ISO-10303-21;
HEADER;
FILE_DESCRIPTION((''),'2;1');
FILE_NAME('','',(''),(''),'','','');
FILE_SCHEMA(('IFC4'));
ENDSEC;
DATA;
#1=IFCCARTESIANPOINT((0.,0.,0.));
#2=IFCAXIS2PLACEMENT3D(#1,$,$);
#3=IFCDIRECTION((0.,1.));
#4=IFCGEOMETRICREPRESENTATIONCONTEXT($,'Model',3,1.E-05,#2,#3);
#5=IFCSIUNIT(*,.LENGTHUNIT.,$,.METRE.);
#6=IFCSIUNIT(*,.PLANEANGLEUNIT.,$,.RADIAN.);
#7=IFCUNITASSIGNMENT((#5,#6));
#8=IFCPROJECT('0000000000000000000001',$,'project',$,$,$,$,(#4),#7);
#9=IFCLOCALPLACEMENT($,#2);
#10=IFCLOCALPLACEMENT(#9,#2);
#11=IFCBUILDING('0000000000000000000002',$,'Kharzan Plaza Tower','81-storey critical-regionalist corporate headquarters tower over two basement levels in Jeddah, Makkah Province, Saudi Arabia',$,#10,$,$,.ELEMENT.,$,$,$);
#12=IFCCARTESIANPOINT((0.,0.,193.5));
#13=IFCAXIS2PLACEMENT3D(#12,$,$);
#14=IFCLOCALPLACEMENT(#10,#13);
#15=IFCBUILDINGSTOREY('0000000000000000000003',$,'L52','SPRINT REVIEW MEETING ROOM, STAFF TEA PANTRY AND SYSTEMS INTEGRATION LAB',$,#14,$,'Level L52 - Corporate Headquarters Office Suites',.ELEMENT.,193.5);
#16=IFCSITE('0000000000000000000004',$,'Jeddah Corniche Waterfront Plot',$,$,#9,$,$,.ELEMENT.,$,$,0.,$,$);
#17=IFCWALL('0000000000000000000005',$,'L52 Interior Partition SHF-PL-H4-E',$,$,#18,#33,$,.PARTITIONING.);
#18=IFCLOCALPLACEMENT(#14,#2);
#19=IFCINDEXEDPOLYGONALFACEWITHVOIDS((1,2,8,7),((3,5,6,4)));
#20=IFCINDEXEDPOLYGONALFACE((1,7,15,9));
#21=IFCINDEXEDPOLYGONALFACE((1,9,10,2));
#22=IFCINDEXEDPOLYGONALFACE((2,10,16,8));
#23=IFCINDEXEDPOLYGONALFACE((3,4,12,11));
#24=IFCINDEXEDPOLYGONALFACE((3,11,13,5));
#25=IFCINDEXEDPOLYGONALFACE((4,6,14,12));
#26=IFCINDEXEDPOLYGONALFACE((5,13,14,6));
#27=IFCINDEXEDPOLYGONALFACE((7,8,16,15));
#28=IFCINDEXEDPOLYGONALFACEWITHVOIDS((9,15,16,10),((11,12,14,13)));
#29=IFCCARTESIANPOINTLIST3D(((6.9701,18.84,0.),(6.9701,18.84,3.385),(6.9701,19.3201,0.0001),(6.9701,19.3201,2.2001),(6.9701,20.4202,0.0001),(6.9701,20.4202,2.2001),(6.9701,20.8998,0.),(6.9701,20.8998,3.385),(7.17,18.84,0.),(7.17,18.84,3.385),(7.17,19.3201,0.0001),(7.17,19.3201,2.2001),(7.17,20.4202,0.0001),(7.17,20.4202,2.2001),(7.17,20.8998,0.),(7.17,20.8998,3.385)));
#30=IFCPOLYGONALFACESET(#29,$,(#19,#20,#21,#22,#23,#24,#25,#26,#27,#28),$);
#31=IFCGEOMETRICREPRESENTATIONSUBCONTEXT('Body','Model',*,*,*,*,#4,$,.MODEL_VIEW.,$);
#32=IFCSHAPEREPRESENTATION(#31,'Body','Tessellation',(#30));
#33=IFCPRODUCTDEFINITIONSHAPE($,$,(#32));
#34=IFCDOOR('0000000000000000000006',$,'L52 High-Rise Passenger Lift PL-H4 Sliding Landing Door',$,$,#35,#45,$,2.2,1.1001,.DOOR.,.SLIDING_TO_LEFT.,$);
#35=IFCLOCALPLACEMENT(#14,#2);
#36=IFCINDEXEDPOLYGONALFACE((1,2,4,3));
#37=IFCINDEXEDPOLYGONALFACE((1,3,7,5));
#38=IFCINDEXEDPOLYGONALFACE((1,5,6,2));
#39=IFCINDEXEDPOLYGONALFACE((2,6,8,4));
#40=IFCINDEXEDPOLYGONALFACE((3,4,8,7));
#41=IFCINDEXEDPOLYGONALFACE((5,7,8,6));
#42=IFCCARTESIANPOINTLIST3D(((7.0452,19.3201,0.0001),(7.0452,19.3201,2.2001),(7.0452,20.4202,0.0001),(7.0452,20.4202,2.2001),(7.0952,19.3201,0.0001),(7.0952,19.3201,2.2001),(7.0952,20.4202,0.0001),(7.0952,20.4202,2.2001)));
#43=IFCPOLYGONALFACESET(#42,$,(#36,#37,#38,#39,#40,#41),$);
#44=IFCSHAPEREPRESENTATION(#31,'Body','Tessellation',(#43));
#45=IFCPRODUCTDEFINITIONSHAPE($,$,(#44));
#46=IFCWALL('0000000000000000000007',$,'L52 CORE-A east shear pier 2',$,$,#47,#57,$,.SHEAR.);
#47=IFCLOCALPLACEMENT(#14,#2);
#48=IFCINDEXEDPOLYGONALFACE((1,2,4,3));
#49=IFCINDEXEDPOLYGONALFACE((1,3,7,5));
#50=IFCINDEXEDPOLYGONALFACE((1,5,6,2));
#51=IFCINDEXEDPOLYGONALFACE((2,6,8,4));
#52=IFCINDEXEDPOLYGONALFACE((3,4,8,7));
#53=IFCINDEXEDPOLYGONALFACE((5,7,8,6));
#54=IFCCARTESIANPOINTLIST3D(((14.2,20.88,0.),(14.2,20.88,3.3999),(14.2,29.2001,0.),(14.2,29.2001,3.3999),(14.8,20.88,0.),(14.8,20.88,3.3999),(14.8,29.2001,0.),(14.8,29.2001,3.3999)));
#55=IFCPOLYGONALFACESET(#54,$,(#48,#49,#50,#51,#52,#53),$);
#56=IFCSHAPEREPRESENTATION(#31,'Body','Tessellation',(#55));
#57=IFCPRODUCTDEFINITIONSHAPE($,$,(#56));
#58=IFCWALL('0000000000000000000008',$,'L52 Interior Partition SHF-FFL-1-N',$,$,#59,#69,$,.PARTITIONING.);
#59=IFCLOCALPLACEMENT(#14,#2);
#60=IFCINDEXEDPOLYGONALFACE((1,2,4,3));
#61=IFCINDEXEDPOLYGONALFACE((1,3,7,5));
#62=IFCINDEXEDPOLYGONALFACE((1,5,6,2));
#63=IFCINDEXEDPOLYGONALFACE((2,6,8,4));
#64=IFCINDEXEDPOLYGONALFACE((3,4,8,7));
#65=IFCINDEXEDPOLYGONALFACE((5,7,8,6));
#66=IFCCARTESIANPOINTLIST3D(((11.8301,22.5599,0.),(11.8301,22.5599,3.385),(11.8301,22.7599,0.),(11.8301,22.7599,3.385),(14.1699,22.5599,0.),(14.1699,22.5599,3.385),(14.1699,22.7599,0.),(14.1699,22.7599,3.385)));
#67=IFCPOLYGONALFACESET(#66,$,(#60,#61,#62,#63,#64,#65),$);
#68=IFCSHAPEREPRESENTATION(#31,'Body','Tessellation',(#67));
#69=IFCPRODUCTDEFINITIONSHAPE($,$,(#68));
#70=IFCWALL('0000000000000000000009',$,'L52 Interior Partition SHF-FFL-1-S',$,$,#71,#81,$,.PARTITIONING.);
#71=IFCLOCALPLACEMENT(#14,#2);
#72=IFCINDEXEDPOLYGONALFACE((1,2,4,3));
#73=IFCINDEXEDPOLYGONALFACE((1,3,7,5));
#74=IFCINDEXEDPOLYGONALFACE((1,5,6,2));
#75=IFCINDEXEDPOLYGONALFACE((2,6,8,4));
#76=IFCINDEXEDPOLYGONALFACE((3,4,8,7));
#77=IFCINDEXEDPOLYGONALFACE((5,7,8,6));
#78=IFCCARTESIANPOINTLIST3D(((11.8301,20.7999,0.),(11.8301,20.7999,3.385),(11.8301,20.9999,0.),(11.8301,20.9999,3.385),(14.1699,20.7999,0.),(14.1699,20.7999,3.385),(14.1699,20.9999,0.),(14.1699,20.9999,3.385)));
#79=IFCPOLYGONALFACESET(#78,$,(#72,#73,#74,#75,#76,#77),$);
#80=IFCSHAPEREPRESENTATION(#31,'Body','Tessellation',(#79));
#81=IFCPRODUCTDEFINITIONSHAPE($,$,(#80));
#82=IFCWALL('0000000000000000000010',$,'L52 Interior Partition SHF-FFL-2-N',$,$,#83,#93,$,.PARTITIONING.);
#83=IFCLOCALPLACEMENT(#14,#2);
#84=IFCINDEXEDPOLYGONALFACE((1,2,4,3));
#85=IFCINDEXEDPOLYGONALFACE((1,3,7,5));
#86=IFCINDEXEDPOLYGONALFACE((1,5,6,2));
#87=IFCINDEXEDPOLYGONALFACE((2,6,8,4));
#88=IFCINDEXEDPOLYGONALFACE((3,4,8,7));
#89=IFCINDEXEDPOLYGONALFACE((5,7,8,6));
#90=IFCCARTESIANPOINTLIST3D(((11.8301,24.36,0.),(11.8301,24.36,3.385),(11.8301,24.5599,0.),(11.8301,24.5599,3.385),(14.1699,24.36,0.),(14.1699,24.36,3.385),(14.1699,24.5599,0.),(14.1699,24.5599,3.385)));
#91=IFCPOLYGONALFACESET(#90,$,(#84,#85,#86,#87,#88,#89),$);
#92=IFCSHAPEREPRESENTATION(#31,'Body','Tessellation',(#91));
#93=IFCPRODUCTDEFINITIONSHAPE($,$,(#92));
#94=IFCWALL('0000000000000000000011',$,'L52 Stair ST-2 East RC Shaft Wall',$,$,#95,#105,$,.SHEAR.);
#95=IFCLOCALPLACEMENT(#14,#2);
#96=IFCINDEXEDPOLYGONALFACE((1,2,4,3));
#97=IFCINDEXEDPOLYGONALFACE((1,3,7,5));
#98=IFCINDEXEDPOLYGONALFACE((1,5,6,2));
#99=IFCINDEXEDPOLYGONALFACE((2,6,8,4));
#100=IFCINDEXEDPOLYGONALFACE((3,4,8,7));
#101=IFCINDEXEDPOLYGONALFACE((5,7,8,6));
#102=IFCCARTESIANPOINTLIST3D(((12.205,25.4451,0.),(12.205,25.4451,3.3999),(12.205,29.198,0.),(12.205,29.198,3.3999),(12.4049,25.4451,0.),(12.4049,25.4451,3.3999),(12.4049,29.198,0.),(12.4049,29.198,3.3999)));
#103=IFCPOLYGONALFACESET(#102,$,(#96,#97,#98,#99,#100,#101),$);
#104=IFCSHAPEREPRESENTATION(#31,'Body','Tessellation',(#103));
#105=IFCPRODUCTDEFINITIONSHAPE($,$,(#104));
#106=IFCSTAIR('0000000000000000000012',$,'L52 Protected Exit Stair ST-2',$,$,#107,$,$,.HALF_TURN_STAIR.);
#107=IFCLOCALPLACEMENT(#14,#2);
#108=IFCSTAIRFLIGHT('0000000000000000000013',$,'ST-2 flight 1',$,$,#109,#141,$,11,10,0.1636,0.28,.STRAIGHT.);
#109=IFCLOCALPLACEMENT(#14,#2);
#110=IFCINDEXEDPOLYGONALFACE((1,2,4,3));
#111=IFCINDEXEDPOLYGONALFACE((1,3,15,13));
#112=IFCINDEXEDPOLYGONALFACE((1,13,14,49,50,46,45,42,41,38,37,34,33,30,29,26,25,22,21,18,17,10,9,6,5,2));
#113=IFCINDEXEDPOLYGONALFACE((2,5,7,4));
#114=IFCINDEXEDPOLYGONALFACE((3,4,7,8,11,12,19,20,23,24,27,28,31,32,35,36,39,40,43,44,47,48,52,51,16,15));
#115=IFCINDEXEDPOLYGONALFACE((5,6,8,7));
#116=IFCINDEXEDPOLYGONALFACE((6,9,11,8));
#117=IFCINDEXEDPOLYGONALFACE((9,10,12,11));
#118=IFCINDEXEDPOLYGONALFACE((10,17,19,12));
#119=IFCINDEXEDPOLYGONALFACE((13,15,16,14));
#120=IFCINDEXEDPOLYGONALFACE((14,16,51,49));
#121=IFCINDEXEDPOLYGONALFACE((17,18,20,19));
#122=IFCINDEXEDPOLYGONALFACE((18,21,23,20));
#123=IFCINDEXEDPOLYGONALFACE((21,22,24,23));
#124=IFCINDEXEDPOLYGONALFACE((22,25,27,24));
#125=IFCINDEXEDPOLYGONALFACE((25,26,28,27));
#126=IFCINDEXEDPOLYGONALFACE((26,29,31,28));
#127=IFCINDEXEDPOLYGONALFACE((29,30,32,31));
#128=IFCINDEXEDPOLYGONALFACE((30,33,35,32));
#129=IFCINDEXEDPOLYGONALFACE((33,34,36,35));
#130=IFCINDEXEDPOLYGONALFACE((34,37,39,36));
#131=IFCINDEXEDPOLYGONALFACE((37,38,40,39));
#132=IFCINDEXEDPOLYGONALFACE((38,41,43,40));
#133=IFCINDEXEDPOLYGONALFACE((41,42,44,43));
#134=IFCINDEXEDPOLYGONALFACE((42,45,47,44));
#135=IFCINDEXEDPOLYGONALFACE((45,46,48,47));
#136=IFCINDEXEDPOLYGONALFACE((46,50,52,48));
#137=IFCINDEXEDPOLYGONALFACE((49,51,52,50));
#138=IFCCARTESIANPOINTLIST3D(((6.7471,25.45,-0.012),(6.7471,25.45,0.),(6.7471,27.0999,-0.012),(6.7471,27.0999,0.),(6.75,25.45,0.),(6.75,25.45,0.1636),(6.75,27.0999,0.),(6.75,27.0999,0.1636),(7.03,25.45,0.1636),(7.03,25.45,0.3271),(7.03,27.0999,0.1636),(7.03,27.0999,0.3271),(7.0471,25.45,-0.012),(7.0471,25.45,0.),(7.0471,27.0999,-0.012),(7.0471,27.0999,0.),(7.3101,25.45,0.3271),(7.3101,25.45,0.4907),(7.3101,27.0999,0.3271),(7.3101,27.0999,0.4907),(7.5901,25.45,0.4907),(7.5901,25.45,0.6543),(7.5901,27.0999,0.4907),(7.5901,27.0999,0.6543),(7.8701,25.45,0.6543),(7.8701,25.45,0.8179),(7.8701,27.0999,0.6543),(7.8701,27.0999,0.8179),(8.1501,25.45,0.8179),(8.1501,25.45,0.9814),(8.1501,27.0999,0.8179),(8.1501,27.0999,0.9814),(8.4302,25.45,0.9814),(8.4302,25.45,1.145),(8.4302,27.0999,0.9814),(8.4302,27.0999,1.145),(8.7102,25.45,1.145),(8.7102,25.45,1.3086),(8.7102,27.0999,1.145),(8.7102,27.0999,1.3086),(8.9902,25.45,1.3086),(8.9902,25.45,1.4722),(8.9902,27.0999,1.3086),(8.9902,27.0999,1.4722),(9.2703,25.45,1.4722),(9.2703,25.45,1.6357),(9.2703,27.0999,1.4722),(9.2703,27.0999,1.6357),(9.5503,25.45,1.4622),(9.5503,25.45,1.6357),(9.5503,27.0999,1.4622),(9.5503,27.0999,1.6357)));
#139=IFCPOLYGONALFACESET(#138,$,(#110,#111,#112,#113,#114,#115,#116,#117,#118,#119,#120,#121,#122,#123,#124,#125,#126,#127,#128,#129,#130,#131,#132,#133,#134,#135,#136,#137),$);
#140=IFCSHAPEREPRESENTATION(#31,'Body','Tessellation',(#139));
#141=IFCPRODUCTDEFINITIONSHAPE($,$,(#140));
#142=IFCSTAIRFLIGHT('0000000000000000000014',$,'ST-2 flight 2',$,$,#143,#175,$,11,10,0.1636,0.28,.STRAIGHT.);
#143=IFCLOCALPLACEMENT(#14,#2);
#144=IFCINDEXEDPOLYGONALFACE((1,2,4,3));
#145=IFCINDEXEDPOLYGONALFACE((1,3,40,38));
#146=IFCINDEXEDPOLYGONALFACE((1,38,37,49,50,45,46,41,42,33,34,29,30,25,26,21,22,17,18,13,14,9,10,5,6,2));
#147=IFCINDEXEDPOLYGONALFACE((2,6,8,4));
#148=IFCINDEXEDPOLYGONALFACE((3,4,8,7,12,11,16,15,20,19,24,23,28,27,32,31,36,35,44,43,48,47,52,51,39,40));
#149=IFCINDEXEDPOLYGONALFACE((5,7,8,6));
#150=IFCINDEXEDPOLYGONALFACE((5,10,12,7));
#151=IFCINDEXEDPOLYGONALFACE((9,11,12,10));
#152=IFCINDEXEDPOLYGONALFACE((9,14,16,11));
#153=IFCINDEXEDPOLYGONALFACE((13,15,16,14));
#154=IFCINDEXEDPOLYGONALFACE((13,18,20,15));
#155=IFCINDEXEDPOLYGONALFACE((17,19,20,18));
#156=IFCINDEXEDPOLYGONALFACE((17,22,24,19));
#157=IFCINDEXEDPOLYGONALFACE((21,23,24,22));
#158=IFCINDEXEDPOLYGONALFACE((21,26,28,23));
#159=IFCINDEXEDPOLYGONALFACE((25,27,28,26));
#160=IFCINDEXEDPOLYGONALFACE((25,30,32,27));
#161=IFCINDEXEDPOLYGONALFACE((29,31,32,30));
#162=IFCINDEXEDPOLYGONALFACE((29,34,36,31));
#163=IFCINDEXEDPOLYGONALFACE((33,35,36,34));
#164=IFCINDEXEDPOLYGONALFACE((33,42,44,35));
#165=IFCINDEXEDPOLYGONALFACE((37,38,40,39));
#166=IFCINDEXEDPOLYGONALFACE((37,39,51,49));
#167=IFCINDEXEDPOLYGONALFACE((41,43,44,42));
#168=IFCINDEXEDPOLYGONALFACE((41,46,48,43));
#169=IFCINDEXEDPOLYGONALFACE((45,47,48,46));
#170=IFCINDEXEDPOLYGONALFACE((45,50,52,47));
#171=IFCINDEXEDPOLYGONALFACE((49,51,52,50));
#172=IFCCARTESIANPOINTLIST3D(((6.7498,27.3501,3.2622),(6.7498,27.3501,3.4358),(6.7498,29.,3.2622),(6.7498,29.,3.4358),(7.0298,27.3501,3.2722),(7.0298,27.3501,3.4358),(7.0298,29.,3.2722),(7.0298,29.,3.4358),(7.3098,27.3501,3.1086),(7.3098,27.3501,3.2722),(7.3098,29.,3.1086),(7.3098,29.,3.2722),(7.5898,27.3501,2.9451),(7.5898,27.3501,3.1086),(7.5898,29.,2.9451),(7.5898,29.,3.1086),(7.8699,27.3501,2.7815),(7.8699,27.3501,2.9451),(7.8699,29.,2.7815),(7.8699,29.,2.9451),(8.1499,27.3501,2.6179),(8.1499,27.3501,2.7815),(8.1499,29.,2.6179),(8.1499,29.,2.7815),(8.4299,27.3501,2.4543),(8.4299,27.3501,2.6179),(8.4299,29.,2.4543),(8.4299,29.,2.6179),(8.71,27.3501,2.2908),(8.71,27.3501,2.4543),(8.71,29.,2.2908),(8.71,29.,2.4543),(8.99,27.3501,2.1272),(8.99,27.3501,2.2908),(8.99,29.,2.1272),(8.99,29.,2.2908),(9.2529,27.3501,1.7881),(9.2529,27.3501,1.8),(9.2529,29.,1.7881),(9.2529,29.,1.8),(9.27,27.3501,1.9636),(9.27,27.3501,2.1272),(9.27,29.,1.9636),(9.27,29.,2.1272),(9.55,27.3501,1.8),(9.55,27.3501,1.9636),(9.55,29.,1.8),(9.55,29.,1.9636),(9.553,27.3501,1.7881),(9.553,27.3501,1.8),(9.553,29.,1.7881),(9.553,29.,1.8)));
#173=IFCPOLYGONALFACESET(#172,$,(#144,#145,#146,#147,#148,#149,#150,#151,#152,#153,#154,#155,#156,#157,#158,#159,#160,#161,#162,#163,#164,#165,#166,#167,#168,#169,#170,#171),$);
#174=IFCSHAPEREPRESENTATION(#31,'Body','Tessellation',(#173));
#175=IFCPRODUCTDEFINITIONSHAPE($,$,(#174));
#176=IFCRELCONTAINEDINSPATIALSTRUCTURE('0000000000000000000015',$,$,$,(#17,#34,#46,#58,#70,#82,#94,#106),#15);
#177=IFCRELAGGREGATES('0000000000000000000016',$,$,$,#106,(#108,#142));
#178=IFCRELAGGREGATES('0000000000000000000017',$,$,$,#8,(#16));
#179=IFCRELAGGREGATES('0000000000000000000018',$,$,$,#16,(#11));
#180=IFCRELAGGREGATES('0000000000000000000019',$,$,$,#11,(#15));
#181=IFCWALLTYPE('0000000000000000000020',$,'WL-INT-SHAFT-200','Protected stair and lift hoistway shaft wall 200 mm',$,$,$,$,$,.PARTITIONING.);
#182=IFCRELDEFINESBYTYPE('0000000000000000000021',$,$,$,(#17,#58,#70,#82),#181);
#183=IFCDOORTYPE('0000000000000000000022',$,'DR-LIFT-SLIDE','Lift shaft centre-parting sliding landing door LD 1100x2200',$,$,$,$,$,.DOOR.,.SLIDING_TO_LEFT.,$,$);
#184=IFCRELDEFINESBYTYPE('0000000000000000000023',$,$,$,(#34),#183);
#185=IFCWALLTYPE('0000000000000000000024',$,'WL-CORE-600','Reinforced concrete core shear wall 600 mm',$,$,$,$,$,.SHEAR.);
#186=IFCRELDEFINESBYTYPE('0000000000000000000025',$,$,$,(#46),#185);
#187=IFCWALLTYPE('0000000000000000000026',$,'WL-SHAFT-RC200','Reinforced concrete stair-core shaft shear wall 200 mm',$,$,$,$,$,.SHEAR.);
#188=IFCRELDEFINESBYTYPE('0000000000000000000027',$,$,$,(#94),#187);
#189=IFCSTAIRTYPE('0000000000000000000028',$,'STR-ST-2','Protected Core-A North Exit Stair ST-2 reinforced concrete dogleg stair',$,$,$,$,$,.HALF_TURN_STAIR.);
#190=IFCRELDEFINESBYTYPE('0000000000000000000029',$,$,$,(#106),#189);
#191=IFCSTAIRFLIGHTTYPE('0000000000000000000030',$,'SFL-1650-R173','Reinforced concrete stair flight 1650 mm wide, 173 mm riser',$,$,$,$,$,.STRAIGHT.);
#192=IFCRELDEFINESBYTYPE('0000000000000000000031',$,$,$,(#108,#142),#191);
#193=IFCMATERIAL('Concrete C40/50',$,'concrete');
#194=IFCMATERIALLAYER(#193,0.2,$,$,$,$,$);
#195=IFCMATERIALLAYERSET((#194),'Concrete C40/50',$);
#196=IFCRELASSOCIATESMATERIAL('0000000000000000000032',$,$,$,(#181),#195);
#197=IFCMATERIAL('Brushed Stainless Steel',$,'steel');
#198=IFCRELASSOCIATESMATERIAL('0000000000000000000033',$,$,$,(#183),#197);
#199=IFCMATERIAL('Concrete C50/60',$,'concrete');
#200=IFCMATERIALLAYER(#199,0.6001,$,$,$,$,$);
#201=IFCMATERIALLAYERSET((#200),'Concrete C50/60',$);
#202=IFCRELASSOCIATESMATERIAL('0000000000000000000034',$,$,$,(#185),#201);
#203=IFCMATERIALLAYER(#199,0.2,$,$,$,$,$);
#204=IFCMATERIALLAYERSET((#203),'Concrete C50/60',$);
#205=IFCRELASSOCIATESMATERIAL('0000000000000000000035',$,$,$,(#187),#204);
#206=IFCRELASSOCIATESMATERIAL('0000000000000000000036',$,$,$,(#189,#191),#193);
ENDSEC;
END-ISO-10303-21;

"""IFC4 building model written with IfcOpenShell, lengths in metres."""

from ifc_helpers import new_model, si_unit, direction, frame, frame_2d, origin, place, context, subcontext, project, spatial, polyline, rectangle, outline, extrude, source, transform, mapped, material, layer, layer_set, type_object, element, fill, aggregate, save


model = new_model("IFC4")

# Units and contexts
model_context = context("Model", 3, precision=1e-05, world=origin(), true_north=direction((0.0, 1.0)))
body_context = subcontext(model_context, "Body", "Model", "MODEL_VIEW")
ifc_project = project(units=[si_unit("LENGTHUNIT", "METRE"), si_unit("PLANEANGLEUNIT", "RADIAN")], contexts=[model_context])

# Site, building, storey
site_placement = place(None, origin())
site = spatial("IfcSite", under=ifc_project, at=site_placement, Name="Jeddah Corniche Waterfront Plot", CompositionType="ELEMENT", RefElevation=0.0)
building_placement = place(site_placement, origin())
building = spatial("IfcBuilding", under=site, at=building_placement, Name="Kharzan Plaza Tower", Description="81-storey critical-regionalist corporate headquarters tower over two basement levels in Jeddah, Makkah Province, Saudi Arabia", CompositionType="ELEMENT")
storey_placement = place(building_placement, frame((0.0, 0.0, 193.5)))
storey = spatial("IfcBuildingStorey", under=building, at=storey_placement, Name="L52", Description="SPRINT REVIEW MEETING ROOM, STAFF TEA PANTRY AND SYSTEMS INTEGRATION LAB", LongName="Level L52 - Corporate Headquarters Office Suites", CompositionType="ELEMENT", Elevation=193.5)

# Wall, opening, door
ifc_material_1 = material(Name="Concrete C40/50", Category="concrete")
ifc_layer_1 = layer(ifc_material_1, 0.2)
ifc_layer_set_1 = layer_set([ifc_layer_1], Name="Concrete C40/50")
wall_type_1 = type_object("IfcWallType", Name="WL-INT-SHAFT-200", Description="Protected stair and lift hoistway shaft wall 200 mm", PredefinedType="PARTITIONING", material=ifc_layer_set_1)
ifc_material_2 = material(Name="Brushed Stainless Steel", Category="steel")
door_type_1 = type_object("IfcDoorType", Name="DR-LIFT-SLIDE", Description="Lift shaft centre-parting sliding landing door LD 1100x2200", OperationType="SLIDING_TO_LEFT", PredefinedType="DOOR", material=ifc_material_2)
shared_shape_1 = source(origin(), body_context, "Body", "SweptSolid", [
    extrude(rectangle(XDim=1.1001, YDim=2.2, at=frame_2d((0.55, 1.1001))), frame((0.0, 0.0249, 0.0), z_axis=(0.0, -1.0, 0.0), x_axis=(1.0, 0.0, 0.0)), (0.0, 0.0, 1.0), 0.05),
])
wall_1_placement = place(storey_placement, frame((7.0701, 18.8401, 0.0), z_axis=(0.0, 0.0, 1.0), x_axis=(0.0, 1.0, 0.0)))
wall_1 = element("IfcWall", 1, at=wall_1_placement, inside=storey, type_object=wall_type_1, Name="L52 Interior Partition SHF-PL-H4-E", PredefinedType="PARTITIONING", context=body_context, shape_type="SweptSolid", body=[
    extrude(rectangle(XDim=2.0598, YDim=0.2, at=frame_2d((1.0298, 0.0))), origin(), (0.0, 0.0, 1.0), 3.385),
])
opening_1_placement = place(wall_1_placement, frame((0.48, 0.0, 0.0)))
opening_1 = element("IfcOpeningElement", 2, at=opening_1_placement, cuts=wall_1, PredefinedType="OPENING", context=body_context, shape_type="SweptSolid", body=[
    extrude(rectangle(XDim=1.1001, YDim=2.2, at=frame_2d((0.55, 1.1001))), frame((0.0, 0.1099, 0.0), z_axis=(0.0, -1.0, 0.0), x_axis=(1.0, 0.0, 0.0)), (0.0, 0.0, 1.0), 0.22),
])
door_1_placement = place(opening_1_placement, origin())
door_1 = element("IfcDoor", 3, at=door_1_placement, inside=storey, type_object=door_type_1, Name="L52 High-Rise Passenger Lift PL-H4 Sliding Landing Door", OperationType="SLIDING_TO_LEFT", OverallHeight=2.2, OverallWidth=1.1001, PredefinedType="DOOR", context=body_context, shape_type="MappedRepresentation", body=[
    mapped(shared_shape_1, transform((0.0, 0.0, 0.0), x_axis=(1.0, 0.0, 0.0), y_axis=(0.0, 1.0, 0.0), z_axis=(0.0, 0.0, 1.0))),
])
fill(opening_1, door_1)

# Walls
ifc_material_3 = material(Name="Concrete C50/60", Category="concrete")
ifc_layer_2 = layer(ifc_material_3, 0.6001)
ifc_layer_set_2 = layer_set([ifc_layer_2], Name="Concrete C50/60")
wall_type_2 = type_object("IfcWallType", Name="WL-CORE-600", Description="Reinforced concrete core shear wall 600 mm", PredefinedType="SHEAR", material=ifc_layer_set_2)
shared_shape_2 = source(origin(), body_context, "Body", "SweptSolid", [
    extrude(rectangle(XDim=8.3201, YDim=0.6001, at=frame_2d((4.1602, 0.0))), origin(), (0.0, 0.0, 1.0), 3.3999),
])
wall_2_placement = place(storey_placement, frame((14.5, 20.8799, 0.0), z_axis=(0.0, 0.0, 1.0), x_axis=(0.0, 1.0, 0.0)))
element("IfcWall", 4, at=wall_2_placement, inside=storey, type_object=wall_type_2, Name="L52 CORE-A east shear pier 2", PredefinedType="SHEAR", context=body_context, shape_type="MappedRepresentation", body=[
    mapped(shared_shape_2, transform((0.0, 0.0, 0.0), x_axis=(1.0, 0.0, 0.0), y_axis=(0.0, 1.0, 0.0), z_axis=(0.0, 0.0, 1.0))),
])
shared_shape_3 = source(origin(), body_context, "Body", "SweptSolid", [
    extrude(rectangle(XDim=2.3398, YDim=0.2, at=frame_2d((1.1699, 0.0))), origin(), (0.0, 0.0, 1.0), 3.385),
])
for number, where, z_axis, x_axis, name in (
    (5, (11.8301, 22.6599, 0.0), (0.0, 0.0, 1.0), (1.0, 0.0, 0.0), "L52 Interior Partition SHF-FFL-1-N"),
    (6, (11.8301, 20.8999, 0.0), (0.0, 0.0, 1.0), (1.0, 0.0, 0.0), "L52 Interior Partition SHF-FFL-1-S"),
    (7, (11.8301, 24.46, 0.0), (0.0, 0.0, 1.0), (1.0, 0.0, 0.0), "L52 Interior Partition SHF-FFL-2-N"),
):
    element("IfcWall", number, at=place(storey_placement, frame(where, z_axis=z_axis, x_axis=x_axis)), inside=storey, type_object=wall_type_1, Name=name, PredefinedType="PARTITIONING", context=body_context, shape_type="MappedRepresentation", body=[
        mapped(shared_shape_3, transform((0.0, 0.0, 0.0), x_axis=(1.0, 0.0, 0.0), y_axis=(0.0, 1.0, 0.0), z_axis=(0.0, 0.0, 1.0))),
    ])
ifc_layer_3 = layer(ifc_material_3, 0.2)
ifc_layer_set_3 = layer_set([ifc_layer_3], Name="Concrete C50/60")
wall_type_3 = type_object("IfcWallType", Name="WL-SHAFT-RC200", Description="Reinforced concrete stair-core shaft shear wall 200 mm", PredefinedType="SHEAR", material=ifc_layer_set_3)
shared_shape_4 = source(origin(), body_context, "Body", "SweptSolid", [
    extrude(rectangle(XDim=3.7529, YDim=0.2, at=frame_2d((1.8765, 0.0))), origin(), (0.0, 0.0, 1.0), 3.3999),
])
wall_3_placement = place(storey_placement, frame((12.3049, 25.4451, 0.0), z_axis=(0.0, 0.0, 1.0), x_axis=(0.0, 1.0, 0.0)))
element("IfcWall", 8, at=wall_3_placement, inside=storey, type_object=wall_type_3, Name="L52 Stair ST-2 East RC Shaft Wall", PredefinedType="SHEAR", context=body_context, shape_type="MappedRepresentation", body=[
    mapped(shared_shape_4, transform((0.0, 0.0, 0.0), x_axis=(1.0, 0.0, 0.0), y_axis=(0.0, 1.0, 0.0), z_axis=(0.0, 0.0, 1.0))),
])

# Stair, stair flights
stair_type = type_object("IfcStairType", Name="STR-ST-2", Description="Protected Core-A North Exit Stair ST-2 reinforced concrete dogleg stair", PredefinedType="HALF_TURN_STAIR", material=ifc_material_1)
stair_placement = place(storey_placement, origin())
stair = element("IfcStair", 9, at=stair_placement, inside=storey, type_object=stair_type, Name="L52 Protected Exit Stair ST-2", PredefinedType="HALF_TURN_STAIR")
stair_flight_type = type_object("IfcStairFlightType", Name="SFL-1650-R173", Description="Reinforced concrete stair flight 1650 mm wide, 173 mm riser", PredefinedType="STRAIGHT", material=ifc_material_1)
shared_shape_5 = source(origin(), body_context, "Body", "SweptSolid", [
    extrude(outline(polyline([(-0.0029, -0.012), (-0.0029, 0.0), (0.0, 0.0), (0.0, 0.1636), (0.28, 0.1636), (0.28, 0.3271), (0.5601, 0.3271), (0.5601, 0.4907), (0.8401, 0.4907), (0.8401, 0.6543), (1.1201, 0.6543), (1.1201, 0.8179), (1.4001, 0.8179), (1.4001, 0.9814), (1.6802, 0.9814), (1.6802, 1.145), (1.9602, 1.145), (1.9602, 1.3086), (2.2402, 1.3086), (2.2402, 1.4722), (2.5203, 1.4722), (2.5203, 1.6357), (2.8003, 1.6357), (2.8003, 1.7993), (2.8003, 1.4622), (0.2971, 0.0), (0.2971, -0.012), (-0.0029, -0.012)])), frame((0.0, 0.825, 0.0), z_axis=(0.0, -1.0, 0.0), x_axis=(1.0, 0.0, 0.0)), (0.0, 0.0, 1.0), 1.6499),
])
stair_flight_1_placement = place(storey_placement, frame((6.75, 26.2749, 0.0), z_axis=(0.0, 0.0, 1.0), x_axis=(1.0, 0.0, 0.0)))
stair_flight_1 = element("IfcStairFlight", 10, at=stair_flight_1_placement, type_object=stair_flight_type, Name="ST-2 flight 1", NumberOfRisers=11, NumberOfTreads=10, PredefinedType="STRAIGHT", RiserHeight=0.1636, TreadLength=0.28, context=body_context, shape_type="MappedRepresentation", body=[
    mapped(shared_shape_5, transform((0.0, 0.0, 0.0), x_axis=(1.0, 0.0, 0.0), y_axis=(0.0, 1.0, 0.0), z_axis=(0.0, 0.0, 1.0))),
])
stair_flight_2_placement = place(storey_placement, frame((9.55, 28.175, 1.8), z_axis=(0.0, 0.0, 1.0), x_axis=(-1.0, 0.0, 0.0)))
stair_flight_2 = element("IfcStairFlight", 11, at=stair_flight_2_placement, type_object=stair_flight_type, Name="ST-2 flight 2", NumberOfRisers=11, NumberOfTreads=10, PredefinedType="STRAIGHT", RiserHeight=0.1636, TreadLength=0.28, context=body_context, shape_type="MappedRepresentation", body=[
    mapped(shared_shape_5, transform((0.0, 0.0, 0.0), x_axis=(1.0, 0.0, 0.0), y_axis=(0.0, 1.0, 0.0), z_axis=(0.0, 0.0, 1.0))),
])
aggregate(stair, [stair_flight_1, stair_flight_2])

save(model, "model.ifc")
